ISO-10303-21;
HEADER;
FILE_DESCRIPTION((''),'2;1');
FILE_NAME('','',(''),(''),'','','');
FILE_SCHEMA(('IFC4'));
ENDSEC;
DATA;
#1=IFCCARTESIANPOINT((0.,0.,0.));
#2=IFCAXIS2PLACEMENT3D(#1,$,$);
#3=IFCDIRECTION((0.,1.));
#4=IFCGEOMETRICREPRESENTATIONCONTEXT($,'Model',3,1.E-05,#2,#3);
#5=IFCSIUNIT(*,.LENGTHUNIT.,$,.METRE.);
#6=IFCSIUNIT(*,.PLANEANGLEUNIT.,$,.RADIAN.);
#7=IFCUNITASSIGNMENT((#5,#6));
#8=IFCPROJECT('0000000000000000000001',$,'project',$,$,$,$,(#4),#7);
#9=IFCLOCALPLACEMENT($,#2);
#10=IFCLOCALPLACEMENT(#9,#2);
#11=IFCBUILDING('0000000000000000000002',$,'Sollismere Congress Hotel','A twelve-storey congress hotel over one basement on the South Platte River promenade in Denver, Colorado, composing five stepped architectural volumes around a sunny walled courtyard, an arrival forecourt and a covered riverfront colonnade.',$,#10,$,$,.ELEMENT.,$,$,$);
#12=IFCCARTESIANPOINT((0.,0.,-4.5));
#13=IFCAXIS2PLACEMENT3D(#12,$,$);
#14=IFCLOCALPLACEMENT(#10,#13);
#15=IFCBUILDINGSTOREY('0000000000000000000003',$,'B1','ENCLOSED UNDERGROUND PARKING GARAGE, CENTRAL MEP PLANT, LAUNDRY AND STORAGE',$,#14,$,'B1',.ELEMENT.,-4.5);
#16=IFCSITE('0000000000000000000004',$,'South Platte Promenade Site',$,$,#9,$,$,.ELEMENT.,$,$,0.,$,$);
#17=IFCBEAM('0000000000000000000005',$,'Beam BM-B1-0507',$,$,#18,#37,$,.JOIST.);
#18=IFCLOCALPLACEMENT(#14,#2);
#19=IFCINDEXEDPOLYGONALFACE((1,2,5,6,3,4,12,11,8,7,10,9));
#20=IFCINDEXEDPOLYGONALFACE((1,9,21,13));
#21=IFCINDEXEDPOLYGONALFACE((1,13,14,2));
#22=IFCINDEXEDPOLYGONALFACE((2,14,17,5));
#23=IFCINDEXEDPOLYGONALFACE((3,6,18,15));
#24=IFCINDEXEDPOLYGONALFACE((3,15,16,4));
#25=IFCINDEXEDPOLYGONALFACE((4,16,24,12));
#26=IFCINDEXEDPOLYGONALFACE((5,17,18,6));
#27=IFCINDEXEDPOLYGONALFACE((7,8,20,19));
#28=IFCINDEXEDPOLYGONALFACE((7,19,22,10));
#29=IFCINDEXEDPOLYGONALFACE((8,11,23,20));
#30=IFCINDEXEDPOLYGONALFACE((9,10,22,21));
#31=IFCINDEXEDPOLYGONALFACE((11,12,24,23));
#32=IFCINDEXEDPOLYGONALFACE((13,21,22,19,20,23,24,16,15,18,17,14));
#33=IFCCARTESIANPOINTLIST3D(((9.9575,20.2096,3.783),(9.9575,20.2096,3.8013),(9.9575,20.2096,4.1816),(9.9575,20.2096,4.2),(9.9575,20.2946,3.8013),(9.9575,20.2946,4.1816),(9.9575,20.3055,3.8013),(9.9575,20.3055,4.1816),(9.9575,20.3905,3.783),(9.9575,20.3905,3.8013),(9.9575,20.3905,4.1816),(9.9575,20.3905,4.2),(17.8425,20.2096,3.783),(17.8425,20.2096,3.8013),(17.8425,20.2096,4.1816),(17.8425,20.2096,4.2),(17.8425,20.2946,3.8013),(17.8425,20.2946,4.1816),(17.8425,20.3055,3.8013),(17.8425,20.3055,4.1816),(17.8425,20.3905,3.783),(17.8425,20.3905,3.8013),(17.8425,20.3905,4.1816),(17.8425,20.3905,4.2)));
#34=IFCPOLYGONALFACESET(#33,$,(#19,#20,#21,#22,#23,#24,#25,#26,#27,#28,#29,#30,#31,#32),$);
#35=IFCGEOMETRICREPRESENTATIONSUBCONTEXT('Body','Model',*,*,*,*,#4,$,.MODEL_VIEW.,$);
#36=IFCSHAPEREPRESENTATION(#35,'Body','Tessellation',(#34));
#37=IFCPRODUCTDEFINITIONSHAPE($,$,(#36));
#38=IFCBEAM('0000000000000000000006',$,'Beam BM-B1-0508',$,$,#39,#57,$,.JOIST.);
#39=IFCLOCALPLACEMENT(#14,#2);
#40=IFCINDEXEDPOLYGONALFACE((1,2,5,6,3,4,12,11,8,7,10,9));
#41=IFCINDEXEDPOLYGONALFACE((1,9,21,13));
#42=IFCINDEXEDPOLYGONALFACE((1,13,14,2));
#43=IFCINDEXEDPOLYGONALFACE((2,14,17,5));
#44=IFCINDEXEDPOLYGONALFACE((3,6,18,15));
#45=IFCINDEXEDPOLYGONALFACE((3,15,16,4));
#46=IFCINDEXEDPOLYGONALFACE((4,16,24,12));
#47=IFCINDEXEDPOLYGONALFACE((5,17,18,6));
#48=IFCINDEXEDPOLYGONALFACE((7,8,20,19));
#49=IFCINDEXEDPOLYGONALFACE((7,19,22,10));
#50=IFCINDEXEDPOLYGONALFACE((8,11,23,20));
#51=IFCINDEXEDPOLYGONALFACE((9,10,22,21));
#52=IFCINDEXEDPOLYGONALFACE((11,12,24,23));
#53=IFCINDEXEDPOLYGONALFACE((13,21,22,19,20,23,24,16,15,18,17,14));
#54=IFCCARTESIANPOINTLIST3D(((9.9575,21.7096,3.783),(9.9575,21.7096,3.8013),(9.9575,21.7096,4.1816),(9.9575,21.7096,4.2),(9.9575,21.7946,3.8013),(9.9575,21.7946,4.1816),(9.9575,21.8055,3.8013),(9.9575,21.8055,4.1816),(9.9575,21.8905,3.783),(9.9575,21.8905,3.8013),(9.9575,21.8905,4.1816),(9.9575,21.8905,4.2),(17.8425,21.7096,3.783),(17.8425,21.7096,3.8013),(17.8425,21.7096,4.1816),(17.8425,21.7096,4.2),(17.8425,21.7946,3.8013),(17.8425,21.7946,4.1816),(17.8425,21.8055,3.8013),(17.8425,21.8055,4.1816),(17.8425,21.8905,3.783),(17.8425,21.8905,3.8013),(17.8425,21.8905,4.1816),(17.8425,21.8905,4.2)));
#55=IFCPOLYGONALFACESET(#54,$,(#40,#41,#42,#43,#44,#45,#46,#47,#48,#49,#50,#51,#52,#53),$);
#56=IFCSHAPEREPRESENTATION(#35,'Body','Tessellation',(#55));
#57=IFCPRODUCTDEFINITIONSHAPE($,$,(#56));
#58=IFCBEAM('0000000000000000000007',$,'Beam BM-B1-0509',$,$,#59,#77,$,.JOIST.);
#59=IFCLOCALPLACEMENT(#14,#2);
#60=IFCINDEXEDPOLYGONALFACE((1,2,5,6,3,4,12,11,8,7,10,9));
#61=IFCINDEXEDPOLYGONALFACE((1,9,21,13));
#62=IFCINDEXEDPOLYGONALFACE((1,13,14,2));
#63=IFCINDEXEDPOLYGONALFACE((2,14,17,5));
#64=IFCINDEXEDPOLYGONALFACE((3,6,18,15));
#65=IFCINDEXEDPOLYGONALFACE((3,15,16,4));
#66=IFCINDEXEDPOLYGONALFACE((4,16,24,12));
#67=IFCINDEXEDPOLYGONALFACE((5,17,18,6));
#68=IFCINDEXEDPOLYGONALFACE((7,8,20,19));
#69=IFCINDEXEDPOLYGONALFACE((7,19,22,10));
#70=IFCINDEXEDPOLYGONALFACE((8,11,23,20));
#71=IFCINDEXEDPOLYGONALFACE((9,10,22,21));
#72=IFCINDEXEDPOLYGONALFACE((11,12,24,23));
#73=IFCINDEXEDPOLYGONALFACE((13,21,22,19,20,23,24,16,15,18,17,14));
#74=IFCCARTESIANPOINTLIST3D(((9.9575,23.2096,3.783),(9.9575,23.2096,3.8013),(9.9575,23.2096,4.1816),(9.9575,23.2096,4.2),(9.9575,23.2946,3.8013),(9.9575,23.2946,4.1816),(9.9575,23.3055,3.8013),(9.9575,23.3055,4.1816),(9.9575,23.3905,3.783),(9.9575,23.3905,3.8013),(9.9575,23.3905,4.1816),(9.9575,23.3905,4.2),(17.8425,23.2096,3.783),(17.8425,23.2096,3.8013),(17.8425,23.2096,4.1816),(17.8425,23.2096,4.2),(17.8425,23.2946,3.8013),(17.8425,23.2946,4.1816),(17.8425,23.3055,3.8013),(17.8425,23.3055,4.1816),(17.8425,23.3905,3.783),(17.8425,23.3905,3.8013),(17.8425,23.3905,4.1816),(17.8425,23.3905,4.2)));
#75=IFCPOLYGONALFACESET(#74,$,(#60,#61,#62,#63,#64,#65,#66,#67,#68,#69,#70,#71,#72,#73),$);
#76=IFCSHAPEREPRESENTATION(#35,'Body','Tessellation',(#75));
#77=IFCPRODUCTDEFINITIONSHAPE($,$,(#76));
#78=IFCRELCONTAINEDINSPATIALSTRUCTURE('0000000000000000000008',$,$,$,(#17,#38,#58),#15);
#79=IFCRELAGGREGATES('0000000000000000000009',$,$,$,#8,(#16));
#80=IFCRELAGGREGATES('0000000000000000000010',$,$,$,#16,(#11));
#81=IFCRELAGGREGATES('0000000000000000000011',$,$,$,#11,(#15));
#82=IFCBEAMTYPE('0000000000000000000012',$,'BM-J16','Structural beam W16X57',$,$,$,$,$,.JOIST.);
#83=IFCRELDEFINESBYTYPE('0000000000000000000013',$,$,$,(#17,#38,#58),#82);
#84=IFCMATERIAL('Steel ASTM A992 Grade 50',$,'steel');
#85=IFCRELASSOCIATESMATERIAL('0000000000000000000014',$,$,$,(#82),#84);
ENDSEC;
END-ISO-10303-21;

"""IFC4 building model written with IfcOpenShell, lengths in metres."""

from ifc_helpers import new_model, si_unit, direction, frame, origin, origin_2d, place, context, subcontext, project, spatial, i_section, extrude, material, material_profile, profile_set, type_object, element, save


model = new_model("IFC4")

# Units and contexts
model_context = context("Model", 3, precision=1e-05, world=origin(), true_north=direction((0.0, 1.0)))
body_context = subcontext(model_context, "Body", "Model", "MODEL_VIEW")
ifc_project = project(units=[si_unit("LENGTHUNIT", "METRE"), si_unit("PLANEANGLEUNIT", "RADIAN")], contexts=[model_context])

# Site, building, storey
site_placement = place(None, origin())
site = spatial("IfcSite", under=ifc_project, at=site_placement, Name="South Platte Promenade Site", CompositionType="ELEMENT", RefElevation=0.0)
building_placement = place(site_placement, origin())
building = spatial("IfcBuilding", under=site, at=building_placement, Name="Sollismere Congress Hotel", Description="A twelve-storey congress hotel over one basement on the South Platte River promenade in Denver, Colorado, composing five stepped architectural volumes around a sunny walled courtyard, an arrival forecourt and a covered riverfront colonnade.", CompositionType="ELEMENT")
storey_placement = place(building_placement, frame((0.0, 0.0, -4.5)))
storey = spatial("IfcBuildingStorey", under=building, at=storey_placement, Name="B1", Description="ENCLOSED UNDERGROUND PARKING GARAGE, CENTRAL MEP PLANT, LAUNDRY AND STORAGE", LongName="B1", CompositionType="ELEMENT", Elevation=-4.5)

# Beams
ifc_material_1 = material(Name="Steel ASTM A992 Grade 50", Category="steel")
ifc_material_profile_1 = material_profile(ifc_material_1, i_section(OverallWidth=0.1809, OverallDepth=0.417, WebThickness=0.011, FlangeThickness=0.0183, at=origin_2d()), Name="W16X57")
ifc_profile_set_1 = profile_set([ifc_material_profile_1], Name="Steel ASTM A992 Grade 50")
beam_type_1 = type_object("IfcBeamType", Name="BM-J16", Description="Structural beam W16X57", PredefinedType="JOIST", material=ifc_profile_set_1)
for number, where, z_axis, x_axis, name in (
    (1, (9.9575, 20.3, 3.9915), (1.0, 0.0, 0.0), (0.0, 1.0, 0.0), "Beam BM-B1-0507"),
    (2, (9.9575, 21.8, 3.9915), (1.0, 0.0, 0.0), (0.0, 1.0, 0.0), "Beam BM-B1-0508"),
    (3, (9.9575, 23.3, 3.9915), (1.0, 0.0, 0.0), (0.0, 1.0, 0.0), "Beam BM-B1-0509"),
):
    element("IfcBeam", number, at=place(storey_placement, frame(where, z_axis=z_axis, x_axis=x_axis)), inside=storey, type_object=beam_type_1, Name=name, PredefinedType="JOIST", context=body_context, shape_type="SweptSolid", body=[
        extrude(i_section(OverallWidth=0.1809, OverallDepth=0.417, WebThickness=0.011, FlangeThickness=0.0183, at=origin_2d()), origin(), (0.0, 0.0, 1.0), 7.885),
    ])

save(model, "model.ifc")
